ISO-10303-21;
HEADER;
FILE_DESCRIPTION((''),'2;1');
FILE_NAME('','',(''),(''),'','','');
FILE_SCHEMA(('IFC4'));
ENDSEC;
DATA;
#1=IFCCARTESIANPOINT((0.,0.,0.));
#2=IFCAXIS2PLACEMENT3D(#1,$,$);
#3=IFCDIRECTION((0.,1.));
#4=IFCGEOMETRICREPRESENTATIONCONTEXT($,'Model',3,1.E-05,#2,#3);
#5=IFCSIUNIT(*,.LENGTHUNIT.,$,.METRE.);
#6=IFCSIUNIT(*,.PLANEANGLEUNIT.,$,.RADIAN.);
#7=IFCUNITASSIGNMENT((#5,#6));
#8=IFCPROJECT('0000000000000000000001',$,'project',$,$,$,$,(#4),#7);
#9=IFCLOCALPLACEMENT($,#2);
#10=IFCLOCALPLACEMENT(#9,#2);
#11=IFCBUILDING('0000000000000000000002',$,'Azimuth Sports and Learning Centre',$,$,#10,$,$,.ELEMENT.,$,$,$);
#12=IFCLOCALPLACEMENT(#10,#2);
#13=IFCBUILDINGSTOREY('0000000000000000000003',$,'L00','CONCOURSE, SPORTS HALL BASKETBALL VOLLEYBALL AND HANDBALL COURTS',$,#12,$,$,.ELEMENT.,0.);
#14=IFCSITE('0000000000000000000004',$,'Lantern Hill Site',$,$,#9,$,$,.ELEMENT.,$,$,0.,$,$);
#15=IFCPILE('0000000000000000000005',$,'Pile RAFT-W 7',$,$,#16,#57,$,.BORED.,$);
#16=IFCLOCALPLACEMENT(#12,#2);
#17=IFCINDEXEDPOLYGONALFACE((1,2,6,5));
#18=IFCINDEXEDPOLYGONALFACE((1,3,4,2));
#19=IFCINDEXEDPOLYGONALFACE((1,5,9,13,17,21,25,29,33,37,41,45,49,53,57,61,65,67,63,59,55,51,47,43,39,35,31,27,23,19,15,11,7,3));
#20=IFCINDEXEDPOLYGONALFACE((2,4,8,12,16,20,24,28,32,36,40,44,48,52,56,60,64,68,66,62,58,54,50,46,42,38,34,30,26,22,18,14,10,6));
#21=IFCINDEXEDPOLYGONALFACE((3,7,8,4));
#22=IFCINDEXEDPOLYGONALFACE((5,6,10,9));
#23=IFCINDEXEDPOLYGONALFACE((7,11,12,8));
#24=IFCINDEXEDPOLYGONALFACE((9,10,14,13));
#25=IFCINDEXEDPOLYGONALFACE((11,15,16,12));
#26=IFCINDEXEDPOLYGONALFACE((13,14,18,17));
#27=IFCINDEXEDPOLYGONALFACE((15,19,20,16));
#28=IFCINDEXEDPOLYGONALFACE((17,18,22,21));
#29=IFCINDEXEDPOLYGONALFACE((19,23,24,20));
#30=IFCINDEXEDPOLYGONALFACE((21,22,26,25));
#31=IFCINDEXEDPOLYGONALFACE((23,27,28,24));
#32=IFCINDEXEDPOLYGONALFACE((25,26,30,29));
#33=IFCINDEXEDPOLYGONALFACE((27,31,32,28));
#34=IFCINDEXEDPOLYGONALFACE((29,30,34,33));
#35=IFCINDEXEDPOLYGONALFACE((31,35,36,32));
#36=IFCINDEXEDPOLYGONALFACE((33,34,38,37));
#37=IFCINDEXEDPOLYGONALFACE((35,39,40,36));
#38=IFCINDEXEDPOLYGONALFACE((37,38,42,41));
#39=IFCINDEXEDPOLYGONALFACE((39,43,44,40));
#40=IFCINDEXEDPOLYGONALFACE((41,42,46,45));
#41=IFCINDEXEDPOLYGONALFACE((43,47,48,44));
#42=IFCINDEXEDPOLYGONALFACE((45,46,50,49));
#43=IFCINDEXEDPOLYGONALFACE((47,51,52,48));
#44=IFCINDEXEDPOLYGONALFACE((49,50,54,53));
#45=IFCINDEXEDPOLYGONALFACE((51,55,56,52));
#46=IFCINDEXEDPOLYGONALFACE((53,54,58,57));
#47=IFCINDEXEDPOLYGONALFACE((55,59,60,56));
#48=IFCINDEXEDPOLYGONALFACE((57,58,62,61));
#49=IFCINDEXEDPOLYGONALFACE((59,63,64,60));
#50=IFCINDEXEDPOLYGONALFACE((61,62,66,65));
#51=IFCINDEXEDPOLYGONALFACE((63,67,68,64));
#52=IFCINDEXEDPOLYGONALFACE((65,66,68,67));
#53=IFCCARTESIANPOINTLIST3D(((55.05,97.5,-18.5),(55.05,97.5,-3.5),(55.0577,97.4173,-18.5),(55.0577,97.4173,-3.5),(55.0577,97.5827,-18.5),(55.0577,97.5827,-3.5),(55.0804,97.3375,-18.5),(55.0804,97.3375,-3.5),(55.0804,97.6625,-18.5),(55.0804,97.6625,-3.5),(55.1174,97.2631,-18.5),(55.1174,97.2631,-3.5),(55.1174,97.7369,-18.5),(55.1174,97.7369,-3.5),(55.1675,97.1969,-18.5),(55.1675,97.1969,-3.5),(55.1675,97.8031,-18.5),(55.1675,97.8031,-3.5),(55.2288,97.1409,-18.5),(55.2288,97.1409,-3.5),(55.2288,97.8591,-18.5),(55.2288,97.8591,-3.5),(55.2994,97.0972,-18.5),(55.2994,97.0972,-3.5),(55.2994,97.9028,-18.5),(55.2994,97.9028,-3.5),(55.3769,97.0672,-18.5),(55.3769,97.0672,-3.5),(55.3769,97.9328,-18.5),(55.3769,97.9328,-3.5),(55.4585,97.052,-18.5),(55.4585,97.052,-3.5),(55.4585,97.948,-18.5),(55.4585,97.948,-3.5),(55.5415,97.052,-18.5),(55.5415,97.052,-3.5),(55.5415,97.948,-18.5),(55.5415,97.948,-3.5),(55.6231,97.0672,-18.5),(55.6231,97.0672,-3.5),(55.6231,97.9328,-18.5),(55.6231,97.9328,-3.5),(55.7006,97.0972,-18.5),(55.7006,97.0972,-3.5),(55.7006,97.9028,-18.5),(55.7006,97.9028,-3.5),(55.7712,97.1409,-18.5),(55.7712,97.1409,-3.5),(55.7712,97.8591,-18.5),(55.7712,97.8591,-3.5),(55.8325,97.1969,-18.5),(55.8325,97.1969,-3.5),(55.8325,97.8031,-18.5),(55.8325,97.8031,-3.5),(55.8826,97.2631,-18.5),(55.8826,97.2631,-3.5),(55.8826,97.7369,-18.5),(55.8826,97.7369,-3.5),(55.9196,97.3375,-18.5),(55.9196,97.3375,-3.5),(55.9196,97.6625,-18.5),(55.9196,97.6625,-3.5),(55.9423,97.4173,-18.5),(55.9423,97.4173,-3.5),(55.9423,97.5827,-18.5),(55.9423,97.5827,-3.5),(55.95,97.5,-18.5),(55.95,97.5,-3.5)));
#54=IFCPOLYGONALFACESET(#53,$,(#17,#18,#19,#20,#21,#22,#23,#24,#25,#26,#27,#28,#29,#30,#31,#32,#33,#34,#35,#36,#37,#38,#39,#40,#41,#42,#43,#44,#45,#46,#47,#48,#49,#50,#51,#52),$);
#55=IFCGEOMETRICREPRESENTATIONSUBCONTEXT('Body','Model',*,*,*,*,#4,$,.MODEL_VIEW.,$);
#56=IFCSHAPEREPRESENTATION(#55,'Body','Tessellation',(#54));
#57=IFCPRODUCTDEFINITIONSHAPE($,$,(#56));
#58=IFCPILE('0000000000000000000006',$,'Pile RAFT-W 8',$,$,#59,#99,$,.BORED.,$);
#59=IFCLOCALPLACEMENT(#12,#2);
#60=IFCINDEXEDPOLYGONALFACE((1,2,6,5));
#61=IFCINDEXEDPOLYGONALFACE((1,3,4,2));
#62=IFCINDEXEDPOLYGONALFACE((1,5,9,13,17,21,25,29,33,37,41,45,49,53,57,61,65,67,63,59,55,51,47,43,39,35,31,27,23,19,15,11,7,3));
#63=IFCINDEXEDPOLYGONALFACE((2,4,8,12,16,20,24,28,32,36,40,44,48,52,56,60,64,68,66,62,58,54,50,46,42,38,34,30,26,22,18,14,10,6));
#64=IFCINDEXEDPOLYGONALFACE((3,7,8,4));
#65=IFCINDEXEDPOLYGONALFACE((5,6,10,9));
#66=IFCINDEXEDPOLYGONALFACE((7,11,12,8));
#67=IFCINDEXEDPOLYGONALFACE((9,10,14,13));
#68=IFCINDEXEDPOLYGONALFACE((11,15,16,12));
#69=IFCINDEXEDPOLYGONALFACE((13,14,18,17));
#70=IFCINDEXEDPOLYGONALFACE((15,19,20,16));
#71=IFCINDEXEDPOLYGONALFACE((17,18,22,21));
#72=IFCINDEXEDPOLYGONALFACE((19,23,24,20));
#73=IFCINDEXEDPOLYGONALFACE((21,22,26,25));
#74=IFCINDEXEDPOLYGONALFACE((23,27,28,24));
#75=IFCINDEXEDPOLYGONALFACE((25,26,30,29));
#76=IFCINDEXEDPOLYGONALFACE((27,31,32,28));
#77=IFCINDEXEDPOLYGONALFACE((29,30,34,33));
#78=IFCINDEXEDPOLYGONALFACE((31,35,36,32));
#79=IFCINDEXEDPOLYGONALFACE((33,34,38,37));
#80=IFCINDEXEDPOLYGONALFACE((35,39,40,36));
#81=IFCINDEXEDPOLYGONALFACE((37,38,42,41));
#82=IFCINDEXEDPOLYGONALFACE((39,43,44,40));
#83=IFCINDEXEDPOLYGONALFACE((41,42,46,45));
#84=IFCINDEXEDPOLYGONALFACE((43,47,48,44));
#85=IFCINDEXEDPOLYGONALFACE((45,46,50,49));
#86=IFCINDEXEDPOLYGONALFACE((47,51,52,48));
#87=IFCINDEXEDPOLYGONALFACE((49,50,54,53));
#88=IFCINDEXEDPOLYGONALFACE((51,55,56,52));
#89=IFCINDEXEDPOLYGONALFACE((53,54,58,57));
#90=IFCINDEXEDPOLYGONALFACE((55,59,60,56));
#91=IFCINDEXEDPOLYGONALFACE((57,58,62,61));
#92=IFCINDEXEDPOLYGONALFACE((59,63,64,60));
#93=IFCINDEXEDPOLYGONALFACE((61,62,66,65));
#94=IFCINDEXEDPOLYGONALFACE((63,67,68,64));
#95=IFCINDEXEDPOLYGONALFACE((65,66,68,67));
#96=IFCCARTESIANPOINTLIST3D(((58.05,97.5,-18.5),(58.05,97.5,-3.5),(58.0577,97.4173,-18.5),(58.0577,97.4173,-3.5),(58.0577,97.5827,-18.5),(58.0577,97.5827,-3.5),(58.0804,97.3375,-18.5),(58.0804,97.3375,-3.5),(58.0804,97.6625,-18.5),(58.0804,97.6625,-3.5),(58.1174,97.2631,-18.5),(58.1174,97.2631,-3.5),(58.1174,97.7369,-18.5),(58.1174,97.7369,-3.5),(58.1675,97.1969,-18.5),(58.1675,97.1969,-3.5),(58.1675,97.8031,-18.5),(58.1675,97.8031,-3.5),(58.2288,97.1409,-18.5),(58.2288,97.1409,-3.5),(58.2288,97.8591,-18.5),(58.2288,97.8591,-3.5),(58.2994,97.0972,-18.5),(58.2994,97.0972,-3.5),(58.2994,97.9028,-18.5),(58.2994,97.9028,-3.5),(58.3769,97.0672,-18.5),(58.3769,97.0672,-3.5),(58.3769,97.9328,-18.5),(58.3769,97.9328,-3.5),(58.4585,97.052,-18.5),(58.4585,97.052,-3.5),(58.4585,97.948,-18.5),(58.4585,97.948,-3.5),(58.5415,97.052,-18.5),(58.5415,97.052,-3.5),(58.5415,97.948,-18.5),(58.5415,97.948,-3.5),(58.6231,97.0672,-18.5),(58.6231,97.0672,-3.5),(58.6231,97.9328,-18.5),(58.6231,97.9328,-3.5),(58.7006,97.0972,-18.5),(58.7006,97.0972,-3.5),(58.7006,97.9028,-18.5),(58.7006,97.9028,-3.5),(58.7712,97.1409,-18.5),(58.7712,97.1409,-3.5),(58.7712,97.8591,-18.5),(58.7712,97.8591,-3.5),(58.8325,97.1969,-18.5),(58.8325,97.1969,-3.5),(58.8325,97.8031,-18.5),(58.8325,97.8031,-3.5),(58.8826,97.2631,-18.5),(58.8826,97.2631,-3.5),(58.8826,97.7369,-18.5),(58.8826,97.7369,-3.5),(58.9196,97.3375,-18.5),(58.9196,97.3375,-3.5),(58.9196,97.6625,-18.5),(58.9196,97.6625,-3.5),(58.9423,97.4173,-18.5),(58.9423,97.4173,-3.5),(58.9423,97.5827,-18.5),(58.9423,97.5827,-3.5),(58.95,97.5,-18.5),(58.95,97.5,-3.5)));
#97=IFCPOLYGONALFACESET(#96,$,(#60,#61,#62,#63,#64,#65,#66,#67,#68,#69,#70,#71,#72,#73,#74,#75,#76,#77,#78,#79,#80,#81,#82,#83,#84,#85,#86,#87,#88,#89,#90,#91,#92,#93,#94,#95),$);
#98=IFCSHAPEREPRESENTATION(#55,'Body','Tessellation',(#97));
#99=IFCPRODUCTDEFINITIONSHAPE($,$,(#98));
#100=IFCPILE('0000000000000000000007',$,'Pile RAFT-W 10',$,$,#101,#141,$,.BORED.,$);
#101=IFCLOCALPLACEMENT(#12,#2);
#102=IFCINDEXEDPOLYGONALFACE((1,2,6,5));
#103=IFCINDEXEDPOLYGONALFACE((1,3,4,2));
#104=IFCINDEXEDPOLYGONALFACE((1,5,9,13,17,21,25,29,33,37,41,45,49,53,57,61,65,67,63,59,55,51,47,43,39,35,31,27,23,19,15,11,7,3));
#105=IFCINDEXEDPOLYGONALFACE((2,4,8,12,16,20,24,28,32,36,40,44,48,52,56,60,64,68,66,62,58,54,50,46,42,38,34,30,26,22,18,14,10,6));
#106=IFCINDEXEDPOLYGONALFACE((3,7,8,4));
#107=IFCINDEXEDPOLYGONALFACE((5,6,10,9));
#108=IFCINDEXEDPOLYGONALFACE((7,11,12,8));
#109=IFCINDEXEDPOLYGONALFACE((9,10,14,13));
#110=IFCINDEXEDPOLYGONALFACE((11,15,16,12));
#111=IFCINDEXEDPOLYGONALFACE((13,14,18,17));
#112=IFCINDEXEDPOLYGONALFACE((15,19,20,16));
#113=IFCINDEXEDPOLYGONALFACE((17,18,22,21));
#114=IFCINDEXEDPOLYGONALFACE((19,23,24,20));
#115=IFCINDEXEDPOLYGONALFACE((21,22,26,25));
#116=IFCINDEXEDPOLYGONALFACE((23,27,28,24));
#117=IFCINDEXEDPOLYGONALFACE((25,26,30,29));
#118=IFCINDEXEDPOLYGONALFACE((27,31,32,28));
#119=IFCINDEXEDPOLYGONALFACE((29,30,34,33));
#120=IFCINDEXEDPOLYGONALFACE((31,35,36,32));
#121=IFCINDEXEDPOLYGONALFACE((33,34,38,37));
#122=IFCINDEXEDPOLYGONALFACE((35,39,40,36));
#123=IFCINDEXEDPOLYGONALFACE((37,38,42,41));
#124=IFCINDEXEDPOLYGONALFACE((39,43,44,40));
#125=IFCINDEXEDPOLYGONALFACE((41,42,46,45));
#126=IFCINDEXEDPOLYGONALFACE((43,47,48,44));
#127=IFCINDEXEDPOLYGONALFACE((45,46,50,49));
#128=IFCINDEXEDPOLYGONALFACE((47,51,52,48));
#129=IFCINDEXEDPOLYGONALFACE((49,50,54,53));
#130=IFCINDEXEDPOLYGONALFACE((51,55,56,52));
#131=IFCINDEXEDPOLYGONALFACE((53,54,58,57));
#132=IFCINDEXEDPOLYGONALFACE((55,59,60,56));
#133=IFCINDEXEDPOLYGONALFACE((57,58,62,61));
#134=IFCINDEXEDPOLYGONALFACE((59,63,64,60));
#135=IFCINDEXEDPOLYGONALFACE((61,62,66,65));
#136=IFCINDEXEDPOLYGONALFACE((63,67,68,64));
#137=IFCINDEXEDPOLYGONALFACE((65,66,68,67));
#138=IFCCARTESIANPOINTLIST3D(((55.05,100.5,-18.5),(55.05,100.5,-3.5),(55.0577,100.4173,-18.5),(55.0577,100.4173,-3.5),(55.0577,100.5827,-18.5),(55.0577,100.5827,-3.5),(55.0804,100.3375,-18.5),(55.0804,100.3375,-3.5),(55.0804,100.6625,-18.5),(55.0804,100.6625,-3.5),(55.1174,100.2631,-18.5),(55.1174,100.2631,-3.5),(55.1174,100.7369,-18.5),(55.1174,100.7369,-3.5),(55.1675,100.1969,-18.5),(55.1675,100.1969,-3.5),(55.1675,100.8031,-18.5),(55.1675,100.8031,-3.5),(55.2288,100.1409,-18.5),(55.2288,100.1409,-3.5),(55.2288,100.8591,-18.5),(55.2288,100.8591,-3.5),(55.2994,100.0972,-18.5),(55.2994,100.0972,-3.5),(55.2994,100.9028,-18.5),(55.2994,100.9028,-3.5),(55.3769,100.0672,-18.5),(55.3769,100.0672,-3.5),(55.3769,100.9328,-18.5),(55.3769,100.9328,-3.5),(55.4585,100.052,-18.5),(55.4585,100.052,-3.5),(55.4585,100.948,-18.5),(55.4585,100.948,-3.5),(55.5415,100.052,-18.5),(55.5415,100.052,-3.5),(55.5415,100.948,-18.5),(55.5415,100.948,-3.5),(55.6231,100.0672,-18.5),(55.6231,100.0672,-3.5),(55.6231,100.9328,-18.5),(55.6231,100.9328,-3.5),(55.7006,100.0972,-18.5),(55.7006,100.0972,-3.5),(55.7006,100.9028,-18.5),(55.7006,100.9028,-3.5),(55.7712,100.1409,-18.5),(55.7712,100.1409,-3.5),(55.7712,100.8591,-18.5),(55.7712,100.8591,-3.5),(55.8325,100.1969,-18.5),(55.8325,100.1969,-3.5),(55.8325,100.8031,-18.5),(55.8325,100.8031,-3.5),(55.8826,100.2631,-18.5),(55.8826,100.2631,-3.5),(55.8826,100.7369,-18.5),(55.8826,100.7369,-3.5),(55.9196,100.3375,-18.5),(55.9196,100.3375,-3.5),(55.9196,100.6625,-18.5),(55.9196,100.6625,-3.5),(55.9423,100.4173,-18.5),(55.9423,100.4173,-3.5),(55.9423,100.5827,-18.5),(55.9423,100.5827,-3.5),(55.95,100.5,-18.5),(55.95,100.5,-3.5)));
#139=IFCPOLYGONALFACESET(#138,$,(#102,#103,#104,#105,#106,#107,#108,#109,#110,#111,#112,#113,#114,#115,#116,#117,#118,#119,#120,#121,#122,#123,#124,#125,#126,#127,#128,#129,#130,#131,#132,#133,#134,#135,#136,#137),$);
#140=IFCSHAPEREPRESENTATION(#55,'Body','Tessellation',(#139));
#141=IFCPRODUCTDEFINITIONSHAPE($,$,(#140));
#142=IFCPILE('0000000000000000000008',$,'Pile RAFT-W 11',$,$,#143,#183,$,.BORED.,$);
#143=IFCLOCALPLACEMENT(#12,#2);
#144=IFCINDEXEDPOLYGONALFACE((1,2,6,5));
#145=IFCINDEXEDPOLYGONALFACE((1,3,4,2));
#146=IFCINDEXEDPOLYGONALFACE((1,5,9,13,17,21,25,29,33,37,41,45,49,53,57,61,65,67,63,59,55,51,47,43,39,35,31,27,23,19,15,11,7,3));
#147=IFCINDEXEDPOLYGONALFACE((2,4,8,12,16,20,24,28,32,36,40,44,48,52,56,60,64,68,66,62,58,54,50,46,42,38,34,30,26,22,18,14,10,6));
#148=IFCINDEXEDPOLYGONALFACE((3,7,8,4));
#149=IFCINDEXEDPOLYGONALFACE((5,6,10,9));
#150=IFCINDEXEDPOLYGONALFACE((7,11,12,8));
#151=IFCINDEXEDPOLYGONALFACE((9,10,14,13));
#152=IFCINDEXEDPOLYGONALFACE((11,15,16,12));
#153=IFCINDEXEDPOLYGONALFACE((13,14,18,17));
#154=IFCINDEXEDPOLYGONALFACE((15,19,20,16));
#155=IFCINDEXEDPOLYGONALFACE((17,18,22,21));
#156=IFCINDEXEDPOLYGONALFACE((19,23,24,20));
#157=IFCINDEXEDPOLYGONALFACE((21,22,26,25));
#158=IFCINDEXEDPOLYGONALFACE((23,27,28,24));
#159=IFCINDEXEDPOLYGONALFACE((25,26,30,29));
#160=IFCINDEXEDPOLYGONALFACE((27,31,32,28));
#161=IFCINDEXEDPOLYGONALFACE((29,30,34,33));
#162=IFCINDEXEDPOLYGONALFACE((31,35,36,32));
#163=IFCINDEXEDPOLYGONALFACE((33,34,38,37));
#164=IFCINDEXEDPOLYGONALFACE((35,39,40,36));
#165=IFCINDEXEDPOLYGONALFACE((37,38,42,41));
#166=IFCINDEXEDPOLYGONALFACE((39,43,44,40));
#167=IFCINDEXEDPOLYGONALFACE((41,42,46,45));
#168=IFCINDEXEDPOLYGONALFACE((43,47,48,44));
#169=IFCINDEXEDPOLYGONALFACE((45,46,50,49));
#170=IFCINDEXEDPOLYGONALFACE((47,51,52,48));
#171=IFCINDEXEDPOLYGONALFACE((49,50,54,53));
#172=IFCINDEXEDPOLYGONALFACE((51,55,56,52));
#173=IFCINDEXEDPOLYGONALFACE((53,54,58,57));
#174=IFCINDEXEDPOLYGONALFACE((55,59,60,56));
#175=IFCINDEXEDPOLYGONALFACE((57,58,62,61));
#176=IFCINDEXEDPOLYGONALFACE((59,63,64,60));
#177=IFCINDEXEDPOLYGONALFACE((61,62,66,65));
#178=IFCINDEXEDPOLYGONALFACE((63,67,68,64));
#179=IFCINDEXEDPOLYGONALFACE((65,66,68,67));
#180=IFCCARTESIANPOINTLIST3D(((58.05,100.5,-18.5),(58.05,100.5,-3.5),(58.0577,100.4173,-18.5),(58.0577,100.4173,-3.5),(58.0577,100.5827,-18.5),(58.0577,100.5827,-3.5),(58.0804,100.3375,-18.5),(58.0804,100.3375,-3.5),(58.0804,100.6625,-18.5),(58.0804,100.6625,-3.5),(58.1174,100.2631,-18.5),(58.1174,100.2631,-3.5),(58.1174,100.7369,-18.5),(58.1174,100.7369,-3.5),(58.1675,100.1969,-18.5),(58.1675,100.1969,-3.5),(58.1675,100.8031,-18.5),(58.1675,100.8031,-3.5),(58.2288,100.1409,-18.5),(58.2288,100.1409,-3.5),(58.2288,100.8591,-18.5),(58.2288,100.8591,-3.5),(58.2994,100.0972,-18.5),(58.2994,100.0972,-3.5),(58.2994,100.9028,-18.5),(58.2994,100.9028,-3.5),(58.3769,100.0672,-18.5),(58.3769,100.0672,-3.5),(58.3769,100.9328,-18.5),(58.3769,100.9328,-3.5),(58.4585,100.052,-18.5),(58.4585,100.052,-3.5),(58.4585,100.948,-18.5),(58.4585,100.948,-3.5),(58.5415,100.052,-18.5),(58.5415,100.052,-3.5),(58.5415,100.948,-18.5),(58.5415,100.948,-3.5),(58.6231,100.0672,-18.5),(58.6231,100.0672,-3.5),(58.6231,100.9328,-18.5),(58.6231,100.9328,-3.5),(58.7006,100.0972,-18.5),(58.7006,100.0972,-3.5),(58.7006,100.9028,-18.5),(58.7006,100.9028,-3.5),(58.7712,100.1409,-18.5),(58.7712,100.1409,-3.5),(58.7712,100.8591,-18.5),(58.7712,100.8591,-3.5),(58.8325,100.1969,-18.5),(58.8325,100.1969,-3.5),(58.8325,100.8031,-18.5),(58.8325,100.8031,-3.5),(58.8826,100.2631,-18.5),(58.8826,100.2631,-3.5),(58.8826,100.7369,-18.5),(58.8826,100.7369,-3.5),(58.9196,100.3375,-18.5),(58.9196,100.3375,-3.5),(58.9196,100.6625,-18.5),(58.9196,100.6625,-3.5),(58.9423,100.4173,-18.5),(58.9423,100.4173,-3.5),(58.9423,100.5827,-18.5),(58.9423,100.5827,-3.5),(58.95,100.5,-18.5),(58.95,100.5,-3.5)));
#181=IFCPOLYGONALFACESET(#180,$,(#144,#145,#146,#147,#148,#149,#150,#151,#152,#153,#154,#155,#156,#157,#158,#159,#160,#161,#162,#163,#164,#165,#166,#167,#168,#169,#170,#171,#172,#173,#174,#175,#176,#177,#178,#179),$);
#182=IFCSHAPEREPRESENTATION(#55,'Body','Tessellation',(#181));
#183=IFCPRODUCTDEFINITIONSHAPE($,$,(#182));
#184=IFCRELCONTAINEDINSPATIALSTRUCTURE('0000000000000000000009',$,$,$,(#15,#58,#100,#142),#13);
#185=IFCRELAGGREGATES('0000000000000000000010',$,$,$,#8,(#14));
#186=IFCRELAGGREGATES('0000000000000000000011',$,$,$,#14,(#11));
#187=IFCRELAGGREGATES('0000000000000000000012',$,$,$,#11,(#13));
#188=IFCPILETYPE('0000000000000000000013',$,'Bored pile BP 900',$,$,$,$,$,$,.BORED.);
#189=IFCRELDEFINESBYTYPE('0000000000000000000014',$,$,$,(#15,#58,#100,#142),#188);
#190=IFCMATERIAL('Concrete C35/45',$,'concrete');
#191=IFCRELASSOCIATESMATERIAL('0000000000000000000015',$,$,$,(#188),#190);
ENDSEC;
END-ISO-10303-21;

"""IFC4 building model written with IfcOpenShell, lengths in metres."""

from ifc_helpers import new_model, si_unit, direction, frame, origin, origin_2d, place, context, subcontext, project, spatial, circle, extrude, material, material_profile, profile_set, type_object, element, save


model = new_model("IFC4")

# Units and contexts
model_context = context("Model", 3, precision=1e-05, world=origin(), true_north=direction((0.0, 1.0)))
body_context = subcontext(model_context, "Body", "Model", "MODEL_VIEW")
ifc_project = project(units=[si_unit("LENGTHUNIT", "METRE"), si_unit("PLANEANGLEUNIT", "RADIAN")], contexts=[model_context])

# Site, building, storey
site_placement = place(None, origin())
site = spatial("IfcSite", under=ifc_project, at=site_placement, Name="Lantern Hill Site", CompositionType="ELEMENT", RefElevation=0.0)
building_placement = place(site_placement, origin())
building = spatial("IfcBuilding", under=site, at=building_placement, Name="Azimuth Sports and Learning Centre", CompositionType="ELEMENT")
storey_placement = place(building_placement, origin())
storey = spatial("IfcBuildingStorey", under=building, at=storey_placement, Name="L00", Description="CONCOURSE, SPORTS HALL BASKETBALL VOLLEYBALL AND HANDBALL COURTS", CompositionType="ELEMENT", Elevation=0.0)

# Piles
ifc_material_1 = material(Name="Concrete C35/45", Category="concrete")
ifc_material_profile_1 = material_profile(ifc_material_1, circle(Radius=0.45, at=origin_2d()), Name="BP 900")
ifc_profile_set_1 = profile_set([ifc_material_profile_1], Name="Concrete C35/45")
pile_type = type_object("IfcPileType", Name="Bored pile BP 900", PredefinedType="BORED", material=ifc_profile_set_1)
for number, where, z_axis, x_axis, name in (
    (1, (55.5, 97.5, -3.5), (0.0, 0.0, -1.0), (1.0, 0.0, 0.0), "Pile RAFT-W 7"),
    (2, (58.5, 97.5, -3.5), (0.0, 0.0, -1.0), (1.0, 0.0, 0.0), "Pile RAFT-W 8"),
    (3, (55.5, 100.5, -3.5), (0.0, 0.0, -1.0), (1.0, 0.0, 0.0), "Pile RAFT-W 10"),
    (4, (58.5, 100.5, -3.5), (0.0, 0.0, -1.0), (1.0, 0.0, 0.0), "Pile RAFT-W 11"),
):
    element("IfcPile", number, at=place(storey_placement, frame(where, z_axis=z_axis, x_axis=x_axis)), inside=storey, type_object=pile_type, Name=name, PredefinedType="BORED", context=body_context, shape_type="SweptSolid", body=[
        extrude(circle(Radius=0.45, at=origin_2d()), origin(), (0.0, 0.0, 1.0), 15.0),
    ])

save(model, "model.ifc")
